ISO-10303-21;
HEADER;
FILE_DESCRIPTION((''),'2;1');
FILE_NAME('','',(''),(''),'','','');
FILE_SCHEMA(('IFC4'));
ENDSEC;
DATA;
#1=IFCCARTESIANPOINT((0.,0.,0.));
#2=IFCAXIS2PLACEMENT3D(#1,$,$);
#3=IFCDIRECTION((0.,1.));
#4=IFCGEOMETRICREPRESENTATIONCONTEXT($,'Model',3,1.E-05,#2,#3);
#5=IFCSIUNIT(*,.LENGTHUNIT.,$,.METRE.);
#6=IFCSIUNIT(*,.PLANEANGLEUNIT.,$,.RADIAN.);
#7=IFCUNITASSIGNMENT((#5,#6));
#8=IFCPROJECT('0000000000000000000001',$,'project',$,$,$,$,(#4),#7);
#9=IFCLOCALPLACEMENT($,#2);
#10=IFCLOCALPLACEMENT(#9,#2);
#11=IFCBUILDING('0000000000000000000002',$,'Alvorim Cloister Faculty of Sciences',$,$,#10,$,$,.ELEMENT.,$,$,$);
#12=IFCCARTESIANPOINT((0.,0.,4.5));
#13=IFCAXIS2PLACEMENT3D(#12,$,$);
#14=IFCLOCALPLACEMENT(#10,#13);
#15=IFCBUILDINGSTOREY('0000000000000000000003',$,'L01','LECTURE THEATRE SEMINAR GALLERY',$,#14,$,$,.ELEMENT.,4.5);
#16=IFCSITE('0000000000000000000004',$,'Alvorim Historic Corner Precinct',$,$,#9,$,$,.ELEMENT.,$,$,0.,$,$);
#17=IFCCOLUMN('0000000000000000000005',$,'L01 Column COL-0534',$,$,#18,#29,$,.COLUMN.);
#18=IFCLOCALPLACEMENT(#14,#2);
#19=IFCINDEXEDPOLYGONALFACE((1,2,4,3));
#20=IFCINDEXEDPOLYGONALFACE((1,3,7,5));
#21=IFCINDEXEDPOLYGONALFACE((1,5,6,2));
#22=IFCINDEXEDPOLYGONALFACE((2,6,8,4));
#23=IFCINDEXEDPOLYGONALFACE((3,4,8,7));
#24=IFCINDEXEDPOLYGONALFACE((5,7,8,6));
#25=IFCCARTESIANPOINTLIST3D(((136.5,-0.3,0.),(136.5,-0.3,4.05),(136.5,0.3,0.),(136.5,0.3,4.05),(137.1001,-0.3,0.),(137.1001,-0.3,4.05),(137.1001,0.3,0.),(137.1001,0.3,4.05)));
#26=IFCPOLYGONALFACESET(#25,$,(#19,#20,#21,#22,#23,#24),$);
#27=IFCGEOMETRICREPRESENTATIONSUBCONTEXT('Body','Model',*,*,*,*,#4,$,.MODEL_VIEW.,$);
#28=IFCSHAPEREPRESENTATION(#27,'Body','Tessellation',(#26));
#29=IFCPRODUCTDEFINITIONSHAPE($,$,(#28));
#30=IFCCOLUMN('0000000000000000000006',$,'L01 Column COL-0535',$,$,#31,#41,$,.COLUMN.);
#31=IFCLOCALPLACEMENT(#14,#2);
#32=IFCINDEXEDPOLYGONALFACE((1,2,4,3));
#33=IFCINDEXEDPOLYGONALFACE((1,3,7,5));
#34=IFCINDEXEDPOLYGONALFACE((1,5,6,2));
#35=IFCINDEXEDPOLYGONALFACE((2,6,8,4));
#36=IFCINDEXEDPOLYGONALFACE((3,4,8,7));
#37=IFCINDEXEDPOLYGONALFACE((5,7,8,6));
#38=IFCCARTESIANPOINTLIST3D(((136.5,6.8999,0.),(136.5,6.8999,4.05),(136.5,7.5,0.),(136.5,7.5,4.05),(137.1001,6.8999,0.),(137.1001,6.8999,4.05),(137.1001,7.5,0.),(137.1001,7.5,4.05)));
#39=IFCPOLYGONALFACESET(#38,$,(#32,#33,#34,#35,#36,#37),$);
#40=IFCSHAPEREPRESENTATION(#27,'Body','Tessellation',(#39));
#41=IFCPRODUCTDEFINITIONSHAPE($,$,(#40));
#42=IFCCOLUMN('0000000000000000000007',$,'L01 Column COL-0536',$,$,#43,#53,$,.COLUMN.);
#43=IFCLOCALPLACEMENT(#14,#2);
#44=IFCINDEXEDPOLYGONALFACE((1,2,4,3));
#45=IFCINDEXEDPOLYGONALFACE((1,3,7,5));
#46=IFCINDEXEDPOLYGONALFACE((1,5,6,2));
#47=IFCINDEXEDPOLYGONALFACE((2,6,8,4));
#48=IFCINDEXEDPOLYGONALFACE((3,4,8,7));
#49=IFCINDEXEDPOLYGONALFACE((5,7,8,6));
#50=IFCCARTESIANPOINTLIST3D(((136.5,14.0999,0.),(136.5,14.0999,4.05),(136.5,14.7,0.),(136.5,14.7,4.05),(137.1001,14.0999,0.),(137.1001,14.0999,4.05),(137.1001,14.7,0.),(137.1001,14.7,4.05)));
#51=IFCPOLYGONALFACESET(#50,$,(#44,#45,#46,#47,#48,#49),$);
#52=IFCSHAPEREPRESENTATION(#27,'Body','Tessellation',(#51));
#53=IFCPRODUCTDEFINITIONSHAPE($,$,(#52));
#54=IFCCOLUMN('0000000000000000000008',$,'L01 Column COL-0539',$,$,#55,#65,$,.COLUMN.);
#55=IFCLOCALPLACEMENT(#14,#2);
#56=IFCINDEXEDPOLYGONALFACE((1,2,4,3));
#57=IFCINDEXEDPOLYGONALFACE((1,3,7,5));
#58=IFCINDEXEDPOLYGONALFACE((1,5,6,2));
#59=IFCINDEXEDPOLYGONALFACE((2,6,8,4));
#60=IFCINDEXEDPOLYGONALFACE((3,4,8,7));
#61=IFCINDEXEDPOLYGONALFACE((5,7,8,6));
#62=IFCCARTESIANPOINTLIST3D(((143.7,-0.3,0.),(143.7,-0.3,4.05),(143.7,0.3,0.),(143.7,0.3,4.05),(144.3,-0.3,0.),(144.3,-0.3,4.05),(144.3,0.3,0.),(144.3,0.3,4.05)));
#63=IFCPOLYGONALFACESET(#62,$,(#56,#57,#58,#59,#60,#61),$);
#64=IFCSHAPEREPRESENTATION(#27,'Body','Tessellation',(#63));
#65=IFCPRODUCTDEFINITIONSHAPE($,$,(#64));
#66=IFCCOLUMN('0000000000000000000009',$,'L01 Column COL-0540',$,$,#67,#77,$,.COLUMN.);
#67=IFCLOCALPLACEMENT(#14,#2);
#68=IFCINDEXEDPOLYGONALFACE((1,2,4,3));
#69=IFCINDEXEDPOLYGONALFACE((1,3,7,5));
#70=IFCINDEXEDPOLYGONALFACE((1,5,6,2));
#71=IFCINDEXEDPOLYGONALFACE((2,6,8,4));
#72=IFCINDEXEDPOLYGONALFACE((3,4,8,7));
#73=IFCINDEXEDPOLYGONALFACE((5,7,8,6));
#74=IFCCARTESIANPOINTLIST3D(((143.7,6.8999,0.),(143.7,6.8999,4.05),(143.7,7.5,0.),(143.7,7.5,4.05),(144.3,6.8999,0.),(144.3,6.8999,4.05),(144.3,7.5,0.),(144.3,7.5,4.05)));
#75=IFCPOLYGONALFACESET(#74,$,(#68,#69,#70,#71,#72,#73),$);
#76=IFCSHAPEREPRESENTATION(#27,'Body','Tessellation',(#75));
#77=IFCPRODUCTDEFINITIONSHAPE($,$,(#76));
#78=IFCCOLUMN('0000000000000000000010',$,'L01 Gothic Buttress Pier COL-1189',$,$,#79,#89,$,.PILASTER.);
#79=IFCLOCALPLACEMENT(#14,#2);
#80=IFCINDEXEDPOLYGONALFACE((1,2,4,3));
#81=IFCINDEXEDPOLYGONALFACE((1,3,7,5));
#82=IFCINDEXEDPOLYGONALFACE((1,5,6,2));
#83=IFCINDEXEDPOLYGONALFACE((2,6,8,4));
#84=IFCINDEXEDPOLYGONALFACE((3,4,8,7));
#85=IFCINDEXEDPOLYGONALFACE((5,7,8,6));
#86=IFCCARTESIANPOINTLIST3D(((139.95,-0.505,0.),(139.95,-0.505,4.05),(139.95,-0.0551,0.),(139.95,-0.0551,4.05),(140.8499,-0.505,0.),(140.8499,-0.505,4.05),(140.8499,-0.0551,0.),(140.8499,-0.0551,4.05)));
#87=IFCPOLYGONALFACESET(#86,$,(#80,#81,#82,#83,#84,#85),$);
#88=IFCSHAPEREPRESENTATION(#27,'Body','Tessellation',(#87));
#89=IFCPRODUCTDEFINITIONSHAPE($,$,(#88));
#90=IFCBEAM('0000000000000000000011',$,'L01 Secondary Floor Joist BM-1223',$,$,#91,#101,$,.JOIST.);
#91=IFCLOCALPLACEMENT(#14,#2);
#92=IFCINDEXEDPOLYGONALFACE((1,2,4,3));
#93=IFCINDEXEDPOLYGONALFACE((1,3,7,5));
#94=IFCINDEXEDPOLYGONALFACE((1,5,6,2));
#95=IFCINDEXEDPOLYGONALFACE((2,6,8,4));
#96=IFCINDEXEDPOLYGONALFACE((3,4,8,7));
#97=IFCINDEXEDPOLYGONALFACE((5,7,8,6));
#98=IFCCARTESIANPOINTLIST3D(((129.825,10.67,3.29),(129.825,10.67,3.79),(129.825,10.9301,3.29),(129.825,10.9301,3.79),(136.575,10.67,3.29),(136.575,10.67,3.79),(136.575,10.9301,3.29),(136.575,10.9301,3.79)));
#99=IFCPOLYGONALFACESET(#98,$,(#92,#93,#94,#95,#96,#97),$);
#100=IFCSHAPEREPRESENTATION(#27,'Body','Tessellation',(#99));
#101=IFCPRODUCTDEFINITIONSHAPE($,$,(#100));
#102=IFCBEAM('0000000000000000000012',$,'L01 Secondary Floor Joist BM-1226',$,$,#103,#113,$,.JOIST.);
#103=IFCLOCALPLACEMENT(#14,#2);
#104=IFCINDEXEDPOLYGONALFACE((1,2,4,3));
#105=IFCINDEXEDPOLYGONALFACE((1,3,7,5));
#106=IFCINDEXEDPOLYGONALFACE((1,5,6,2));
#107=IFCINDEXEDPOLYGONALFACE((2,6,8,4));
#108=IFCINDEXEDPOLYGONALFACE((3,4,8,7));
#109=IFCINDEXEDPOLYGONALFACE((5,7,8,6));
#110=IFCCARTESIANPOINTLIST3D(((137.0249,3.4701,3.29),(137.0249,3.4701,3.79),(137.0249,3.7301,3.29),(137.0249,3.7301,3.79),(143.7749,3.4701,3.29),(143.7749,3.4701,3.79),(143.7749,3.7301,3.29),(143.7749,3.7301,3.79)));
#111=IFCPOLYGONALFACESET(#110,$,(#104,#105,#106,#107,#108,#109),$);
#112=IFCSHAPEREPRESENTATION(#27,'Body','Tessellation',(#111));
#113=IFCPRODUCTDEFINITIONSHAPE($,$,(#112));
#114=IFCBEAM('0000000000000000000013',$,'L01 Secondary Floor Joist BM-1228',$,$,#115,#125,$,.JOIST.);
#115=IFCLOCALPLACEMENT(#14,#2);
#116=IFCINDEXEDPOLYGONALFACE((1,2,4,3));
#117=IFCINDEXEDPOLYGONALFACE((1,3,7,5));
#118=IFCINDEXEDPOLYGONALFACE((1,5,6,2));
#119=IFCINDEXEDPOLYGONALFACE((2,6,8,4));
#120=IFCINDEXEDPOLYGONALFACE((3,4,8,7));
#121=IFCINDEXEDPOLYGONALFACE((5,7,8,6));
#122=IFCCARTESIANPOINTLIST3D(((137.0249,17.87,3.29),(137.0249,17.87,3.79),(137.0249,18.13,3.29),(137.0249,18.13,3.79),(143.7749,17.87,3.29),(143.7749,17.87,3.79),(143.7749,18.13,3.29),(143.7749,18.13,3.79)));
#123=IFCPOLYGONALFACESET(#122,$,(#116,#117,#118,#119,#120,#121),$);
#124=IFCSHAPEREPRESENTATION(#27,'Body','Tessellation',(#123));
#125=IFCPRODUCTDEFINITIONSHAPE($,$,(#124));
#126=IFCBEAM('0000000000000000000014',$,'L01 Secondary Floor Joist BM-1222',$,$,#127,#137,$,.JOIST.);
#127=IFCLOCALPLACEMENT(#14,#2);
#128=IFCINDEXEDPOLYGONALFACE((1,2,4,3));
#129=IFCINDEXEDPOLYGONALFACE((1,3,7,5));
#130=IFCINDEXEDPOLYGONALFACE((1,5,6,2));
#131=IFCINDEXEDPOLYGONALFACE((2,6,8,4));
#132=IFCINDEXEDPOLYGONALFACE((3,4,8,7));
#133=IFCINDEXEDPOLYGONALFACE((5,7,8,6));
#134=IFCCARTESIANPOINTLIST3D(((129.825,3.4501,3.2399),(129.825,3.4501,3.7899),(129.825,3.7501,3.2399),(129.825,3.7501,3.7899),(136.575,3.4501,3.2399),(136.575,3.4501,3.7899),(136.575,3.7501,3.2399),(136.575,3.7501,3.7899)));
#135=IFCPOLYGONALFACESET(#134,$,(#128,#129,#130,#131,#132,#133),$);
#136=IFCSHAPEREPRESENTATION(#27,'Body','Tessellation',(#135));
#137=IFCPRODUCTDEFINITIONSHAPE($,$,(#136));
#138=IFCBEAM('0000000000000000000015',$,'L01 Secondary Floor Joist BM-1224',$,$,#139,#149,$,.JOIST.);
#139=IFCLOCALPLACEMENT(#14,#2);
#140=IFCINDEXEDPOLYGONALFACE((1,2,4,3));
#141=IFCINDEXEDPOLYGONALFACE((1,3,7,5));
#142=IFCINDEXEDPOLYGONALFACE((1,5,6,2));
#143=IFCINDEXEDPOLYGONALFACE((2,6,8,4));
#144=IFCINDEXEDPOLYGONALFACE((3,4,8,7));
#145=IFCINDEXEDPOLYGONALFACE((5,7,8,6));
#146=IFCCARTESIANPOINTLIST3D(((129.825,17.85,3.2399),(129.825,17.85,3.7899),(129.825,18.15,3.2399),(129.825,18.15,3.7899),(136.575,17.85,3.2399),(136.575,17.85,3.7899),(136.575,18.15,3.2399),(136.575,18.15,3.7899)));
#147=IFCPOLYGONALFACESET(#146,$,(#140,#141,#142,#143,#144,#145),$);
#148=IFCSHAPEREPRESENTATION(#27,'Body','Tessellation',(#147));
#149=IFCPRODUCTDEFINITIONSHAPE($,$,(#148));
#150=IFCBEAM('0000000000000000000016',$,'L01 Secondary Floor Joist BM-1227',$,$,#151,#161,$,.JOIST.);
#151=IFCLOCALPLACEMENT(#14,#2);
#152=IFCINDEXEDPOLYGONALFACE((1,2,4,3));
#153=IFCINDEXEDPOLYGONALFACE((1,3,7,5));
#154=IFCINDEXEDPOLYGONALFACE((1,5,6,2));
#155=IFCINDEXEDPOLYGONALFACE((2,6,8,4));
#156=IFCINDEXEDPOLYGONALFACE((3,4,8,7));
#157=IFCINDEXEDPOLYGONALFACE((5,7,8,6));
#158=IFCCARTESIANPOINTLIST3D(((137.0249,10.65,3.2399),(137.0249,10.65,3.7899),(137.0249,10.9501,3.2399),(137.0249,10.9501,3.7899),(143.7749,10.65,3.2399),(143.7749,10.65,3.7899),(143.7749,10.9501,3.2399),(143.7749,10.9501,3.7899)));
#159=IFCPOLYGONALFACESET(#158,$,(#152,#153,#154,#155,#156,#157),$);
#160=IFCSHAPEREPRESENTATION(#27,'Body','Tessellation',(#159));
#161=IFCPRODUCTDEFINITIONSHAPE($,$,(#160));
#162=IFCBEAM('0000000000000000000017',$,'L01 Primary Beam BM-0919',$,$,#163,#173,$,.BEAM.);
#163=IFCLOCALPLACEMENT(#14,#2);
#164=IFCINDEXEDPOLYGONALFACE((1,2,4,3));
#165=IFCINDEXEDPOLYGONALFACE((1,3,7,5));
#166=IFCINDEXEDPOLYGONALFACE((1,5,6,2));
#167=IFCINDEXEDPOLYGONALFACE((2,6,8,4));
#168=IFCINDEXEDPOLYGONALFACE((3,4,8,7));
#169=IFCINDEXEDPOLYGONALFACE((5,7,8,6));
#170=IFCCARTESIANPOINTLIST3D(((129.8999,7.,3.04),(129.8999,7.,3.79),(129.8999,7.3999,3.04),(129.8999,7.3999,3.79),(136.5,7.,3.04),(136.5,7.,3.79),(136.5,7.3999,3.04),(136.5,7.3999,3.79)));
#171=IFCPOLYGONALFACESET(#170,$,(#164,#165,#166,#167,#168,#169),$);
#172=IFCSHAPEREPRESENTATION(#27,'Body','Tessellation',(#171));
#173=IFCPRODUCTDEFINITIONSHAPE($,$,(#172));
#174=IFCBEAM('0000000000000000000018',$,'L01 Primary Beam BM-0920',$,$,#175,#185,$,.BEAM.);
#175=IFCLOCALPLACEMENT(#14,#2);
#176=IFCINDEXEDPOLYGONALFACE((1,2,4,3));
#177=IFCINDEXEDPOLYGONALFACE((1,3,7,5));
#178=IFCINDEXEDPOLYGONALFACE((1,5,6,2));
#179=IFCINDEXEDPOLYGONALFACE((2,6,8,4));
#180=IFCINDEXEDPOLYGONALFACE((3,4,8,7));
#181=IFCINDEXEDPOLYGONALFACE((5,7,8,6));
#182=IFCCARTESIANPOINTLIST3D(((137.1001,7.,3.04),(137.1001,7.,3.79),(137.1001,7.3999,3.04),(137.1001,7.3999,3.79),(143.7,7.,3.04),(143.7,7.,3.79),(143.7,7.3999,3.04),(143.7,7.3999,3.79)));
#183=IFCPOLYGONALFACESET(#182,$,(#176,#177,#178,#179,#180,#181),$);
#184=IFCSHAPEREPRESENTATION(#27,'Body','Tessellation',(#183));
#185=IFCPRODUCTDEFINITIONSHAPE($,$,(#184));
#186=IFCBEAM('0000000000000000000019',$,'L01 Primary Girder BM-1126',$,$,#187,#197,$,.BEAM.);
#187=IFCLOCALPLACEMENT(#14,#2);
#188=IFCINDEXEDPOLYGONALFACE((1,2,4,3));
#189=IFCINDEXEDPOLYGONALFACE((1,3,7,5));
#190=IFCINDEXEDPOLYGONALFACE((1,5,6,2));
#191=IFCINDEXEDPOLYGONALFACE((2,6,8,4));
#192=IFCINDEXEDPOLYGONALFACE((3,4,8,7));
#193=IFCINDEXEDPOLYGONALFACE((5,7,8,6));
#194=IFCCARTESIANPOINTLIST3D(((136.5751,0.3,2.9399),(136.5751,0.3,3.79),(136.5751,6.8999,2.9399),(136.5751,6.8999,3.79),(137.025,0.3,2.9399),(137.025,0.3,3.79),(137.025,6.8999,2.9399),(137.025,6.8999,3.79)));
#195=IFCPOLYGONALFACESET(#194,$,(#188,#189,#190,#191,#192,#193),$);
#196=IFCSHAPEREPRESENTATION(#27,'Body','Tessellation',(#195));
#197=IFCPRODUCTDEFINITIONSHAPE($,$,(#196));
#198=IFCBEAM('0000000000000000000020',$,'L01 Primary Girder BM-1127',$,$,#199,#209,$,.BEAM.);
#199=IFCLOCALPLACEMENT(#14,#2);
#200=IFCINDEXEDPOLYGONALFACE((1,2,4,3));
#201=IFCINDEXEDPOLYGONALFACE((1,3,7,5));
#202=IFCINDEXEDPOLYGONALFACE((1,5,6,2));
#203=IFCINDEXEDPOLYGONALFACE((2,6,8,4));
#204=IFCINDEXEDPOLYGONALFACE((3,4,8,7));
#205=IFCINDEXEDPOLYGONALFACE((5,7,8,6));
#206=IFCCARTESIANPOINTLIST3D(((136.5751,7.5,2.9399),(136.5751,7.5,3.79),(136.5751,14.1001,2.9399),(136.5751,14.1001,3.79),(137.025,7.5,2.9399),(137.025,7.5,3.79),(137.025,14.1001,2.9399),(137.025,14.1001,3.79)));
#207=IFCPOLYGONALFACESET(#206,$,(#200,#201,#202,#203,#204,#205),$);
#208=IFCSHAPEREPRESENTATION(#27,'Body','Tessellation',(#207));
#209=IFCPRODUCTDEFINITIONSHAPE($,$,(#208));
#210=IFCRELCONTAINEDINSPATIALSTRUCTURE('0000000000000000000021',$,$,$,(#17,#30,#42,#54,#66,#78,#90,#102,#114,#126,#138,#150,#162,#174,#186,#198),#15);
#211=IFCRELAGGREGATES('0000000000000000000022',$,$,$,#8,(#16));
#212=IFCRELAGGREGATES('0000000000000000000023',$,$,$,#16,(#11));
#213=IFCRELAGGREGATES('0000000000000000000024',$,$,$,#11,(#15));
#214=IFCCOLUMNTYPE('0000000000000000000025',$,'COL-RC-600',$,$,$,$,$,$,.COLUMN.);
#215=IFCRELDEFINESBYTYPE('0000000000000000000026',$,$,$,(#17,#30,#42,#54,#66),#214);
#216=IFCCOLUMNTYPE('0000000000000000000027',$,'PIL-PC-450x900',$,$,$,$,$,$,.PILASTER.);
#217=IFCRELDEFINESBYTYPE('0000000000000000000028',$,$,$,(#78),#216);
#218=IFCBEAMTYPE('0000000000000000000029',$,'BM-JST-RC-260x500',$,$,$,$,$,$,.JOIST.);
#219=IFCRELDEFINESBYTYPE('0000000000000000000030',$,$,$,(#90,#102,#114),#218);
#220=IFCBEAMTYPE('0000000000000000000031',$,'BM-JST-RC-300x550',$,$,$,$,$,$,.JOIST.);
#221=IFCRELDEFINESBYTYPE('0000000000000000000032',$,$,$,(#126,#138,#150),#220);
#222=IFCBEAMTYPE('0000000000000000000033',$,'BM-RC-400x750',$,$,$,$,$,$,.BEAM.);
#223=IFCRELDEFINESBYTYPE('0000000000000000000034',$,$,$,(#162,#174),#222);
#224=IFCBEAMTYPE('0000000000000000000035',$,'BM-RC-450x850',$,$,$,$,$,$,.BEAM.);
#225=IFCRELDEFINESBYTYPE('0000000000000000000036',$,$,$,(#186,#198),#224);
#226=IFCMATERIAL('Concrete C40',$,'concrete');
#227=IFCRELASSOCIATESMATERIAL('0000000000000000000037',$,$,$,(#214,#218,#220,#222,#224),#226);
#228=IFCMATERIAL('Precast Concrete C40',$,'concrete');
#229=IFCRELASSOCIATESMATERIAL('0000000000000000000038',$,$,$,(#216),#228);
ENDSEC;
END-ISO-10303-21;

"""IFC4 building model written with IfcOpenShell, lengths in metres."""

from ifc_helpers import new_model, si_unit, direction, frame, origin, origin_2d, place, context, subcontext, project, spatial, rectangle, extrude, material, material_profile, profile_set, type_object, element, save


model = new_model("IFC4")

# Units and contexts
model_context = context("Model", 3, precision=1e-05, world=origin(), true_north=direction((0.0, 1.0)))
body_context = subcontext(model_context, "Body", "Model", "MODEL_VIEW")
ifc_project = project(units=[si_unit("LENGTHUNIT", "METRE"), si_unit("PLANEANGLEUNIT", "RADIAN")], contexts=[model_context])

# Site, building, storey
site_placement = place(None, origin())
site = spatial("IfcSite", under=ifc_project, at=site_placement, Name="Alvorim Historic Corner Precinct", CompositionType="ELEMENT", RefElevation=0.0)
building_placement = place(site_placement, origin())
building = spatial("IfcBuilding", under=site, at=building_placement, Name="Alvorim Cloister Faculty of Sciences", CompositionType="ELEMENT")
storey_placement = place(building_placement, frame((0.0, 0.0, 4.5)))
storey = spatial("IfcBuildingStorey", under=building, at=storey_placement, Name="L01", Description="LECTURE THEATRE SEMINAR GALLERY", CompositionType="ELEMENT", Elevation=4.5)

# Columns
ifc_material_1 = material(Name="Concrete C40", Category="concrete")
ifc_material_profile_1 = material_profile(ifc_material_1, rectangle(XDim=0.6001, YDim=0.6001, at=origin_2d()), Name="RC40-COL-600x600")
ifc_profile_set_1 = profile_set([ifc_material_profile_1], Name="Concrete C40")
column_type_1 = type_object("IfcColumnType", Name="COL-RC-600", PredefinedType="COLUMN", material=ifc_profile_set_1)
for number, where, z_axis, x_axis, name in (
    (1, (136.8, 0.0, 0.0), (0.0, 0.0, 1.0), (1.0, 0.0, 0.0), "L01 Column COL-0534"),
    (2, (136.8, 7.2, 0.0), (0.0, 0.0, 1.0), (1.0, 0.0, 0.0), "L01 Column COL-0535"),
    (3, (136.8, 14.3999, 0.0), (0.0, 0.0, 1.0), (1.0, 0.0, 0.0), "L01 Column COL-0536"),
    (4, (144.0, 0.0, 0.0), (0.0, 0.0, 1.0), (1.0, 0.0, 0.0), "L01 Column COL-0539"),
    (5, (144.0, 7.2, 0.0), (0.0, 0.0, 1.0), (1.0, 0.0, 0.0), "L01 Column COL-0540"),
):
    element("IfcColumn", number, at=place(storey_placement, frame(where, z_axis=z_axis, x_axis=x_axis)), inside=storey, type_object=column_type_1, Name=name, PredefinedType="COLUMN", context=body_context, shape_type="SweptSolid", body=[
        extrude(rectangle(XDim=0.6001, YDim=0.6001, at=origin_2d()), origin(), (0.0, 0.0, 1.0), 4.05),
    ])
ifc_material_2 = material(Name="Precast Concrete C40", Category="concrete")
ifc_material_profile_2 = material_profile(ifc_material_2, rectangle(XDim=0.45, YDim=0.8999, at=origin_2d()), Name="RC40-PIL-450x900")
ifc_profile_set_2 = profile_set([ifc_material_profile_2], Name="Precast Concrete C40")
column_type_2 = type_object("IfcColumnType", Name="PIL-PC-450x900", PredefinedType="PILASTER", material=ifc_profile_set_2)
column_placement = place(storey_placement, frame((140.3999, -0.28, 0.0), z_axis=(0.0, 0.0, 1.0), x_axis=(0.0, 1.0, 0.0)))
element("IfcColumn", 6, at=column_placement, inside=storey, type_object=column_type_2, Name="L01 Gothic Buttress Pier COL-1189", PredefinedType="PILASTER", context=body_context, shape_type="SweptSolid", body=[
    extrude(rectangle(XDim=0.45, YDim=0.8999, at=origin_2d()), origin(), (0.0, 0.0, 1.0), 4.05),
])

# Beams
ifc_material_profile_3 = material_profile(ifc_material_1, rectangle(XDim=0.26, YDim=0.5, at=origin_2d()), Name="RC40-JST-260x500")
ifc_profile_set_3 = profile_set([ifc_material_profile_3], Name="Concrete C40")
beam_type_1 = type_object("IfcBeamType", Name="BM-JST-RC-260x500", PredefinedType="JOIST", material=ifc_profile_set_3)
for number, where, z_axis, x_axis, name in (
    (7, (129.825, 10.8, 3.54), (1.0, 0.0, 0.0), (0.0, 1.0, 0.0), "L01 Secondary Floor Joist BM-1223"),
    (8, (137.0249, 3.6001, 3.54), (1.0, 0.0, 0.0), (0.0, 1.0, 0.0), "L01 Secondary Floor Joist BM-1226"),
    (9, (137.0249, 18.0, 3.54), (1.0, 0.0, 0.0), (0.0, 1.0, 0.0), "L01 Secondary Floor Joist BM-1228"),
):
    element("IfcBeam", number, at=place(storey_placement, frame(where, z_axis=z_axis, x_axis=x_axis)), inside=storey, type_object=beam_type_1, Name=name, PredefinedType="JOIST", context=body_context, shape_type="SweptSolid", body=[
        extrude(rectangle(XDim=0.26, YDim=0.5, at=origin_2d()), origin(), (0.0, 0.0, 1.0), 6.75),
    ])
ifc_material_profile_4 = material_profile(ifc_material_1, rectangle(XDim=0.3, YDim=0.55, at=origin_2d()), Name="RC40-JST-300x550")
ifc_profile_set_4 = profile_set([ifc_material_profile_4], Name="Concrete C40")
beam_type_2 = type_object("IfcBeamType", Name="BM-JST-RC-300x550", PredefinedType="JOIST", material=ifc_profile_set_4)
for number, where, z_axis, x_axis, name in (
    (10, (129.825, 3.6001, 3.5149), (1.0, 0.0, 0.0), (0.0, 1.0, 0.0), "L01 Secondary Floor Joist BM-1222"),
    (11, (129.825, 18.0, 3.5149), (1.0, 0.0, 0.0), (0.0, 1.0, 0.0), "L01 Secondary Floor Joist BM-1224"),
    (12, (137.0249, 10.8, 3.5149), (1.0, 0.0, 0.0), (0.0, 1.0, 0.0), "L01 Secondary Floor Joist BM-1227"),
):
    element("IfcBeam", number, at=place(storey_placement, frame(where, z_axis=z_axis, x_axis=x_axis)), inside=storey, type_object=beam_type_2, Name=name, PredefinedType="JOIST", context=body_context, shape_type="SweptSolid", body=[
        extrude(rectangle(XDim=0.3, YDim=0.55, at=origin_2d()), origin(), (0.0, 0.0, 1.0), 6.75),
    ])
ifc_material_profile_5 = material_profile(ifc_material_1, rectangle(XDim=0.3999, YDim=0.75, at=origin_2d()), Name="RC40-BM-400x750")
ifc_profile_set_5 = profile_set([ifc_material_profile_5], Name="Concrete C40")
beam_type_3 = type_object("IfcBeamType", Name="BM-RC-400x750", PredefinedType="BEAM", material=ifc_profile_set_5)
beam_1_placement = place(storey_placement, frame((129.8999, 7.2, 3.415), z_axis=(1.0, 0.0, 0.0), x_axis=(0.0, 1.0, 0.0)))
element("IfcBeam", 13, at=beam_1_placement, inside=storey, type_object=beam_type_3, Name="L01 Primary Beam BM-0919", PredefinedType="BEAM", context=body_context, shape_type="SweptSolid", body=[
    extrude(rectangle(XDim=0.3999, YDim=0.75, at=origin_2d()), origin(), (0.0, 0.0, 1.0), 6.6001),
])
beam_2_placement = place(storey_placement, frame((137.1001, 7.2, 3.415), z_axis=(1.0, 0.0, 0.0), x_axis=(0.0, 1.0, 0.0)))
element("IfcBeam", 14, at=beam_2_placement, inside=storey, type_object=beam_type_3, Name="L01 Primary Beam BM-0920", PredefinedType="BEAM", context=body_context, shape_type="SweptSolid", body=[
    extrude(rectangle(XDim=0.3999, YDim=0.75, at=origin_2d()), origin(), (0.0, 0.0, 1.0), 6.5999),
])
ifc_material_profile_6 = material_profile(ifc_material_1, rectangle(XDim=0.45, YDim=0.8501, at=origin_2d()), Name="RC40-BM-450x850")
ifc_profile_set_6 = profile_set([ifc_material_profile_6], Name="Concrete C40")
beam_type_4 = type_object("IfcBeamType", Name="BM-RC-450x850", PredefinedType="BEAM", material=ifc_profile_set_6)
beam_3_placement = place(storey_placement, frame((136.8, 0.3, 3.365), z_axis=(0.0, 1.0, 0.0), x_axis=(-1.0, 0.0, 0.0)))
element("IfcBeam", 15, at=beam_3_placement, inside=storey, type_object=beam_type_4, Name="L01 Primary Girder BM-1126", PredefinedType="BEAM", context=body_context, shape_type="SweptSolid", body=[
    extrude(rectangle(XDim=0.45, YDim=0.8501, at=origin_2d()), origin(), (0.0, 0.0, 1.0), 6.5999),
])
for number, where, z_axis, x_axis, name in (
    (16, (136.8, 7.5, 3.365), (0.0, 1.0, 0.0), (-1.0, 0.0, 0.0), "L01 Primary Girder BM-1127"),
):
    element("IfcBeam", number, at=place(storey_placement, frame(where, z_axis=z_axis, x_axis=x_axis)), inside=storey, type_object=beam_type_4, Name=name, PredefinedType="BEAM", context=body_context, shape_type="SweptSolid", body=[
        extrude(rectangle(XDim=0.45, YDim=0.8501, at=origin_2d()), origin(), (0.0, 0.0, 1.0), 6.6001),
    ])

save(model, "model.ifc")
